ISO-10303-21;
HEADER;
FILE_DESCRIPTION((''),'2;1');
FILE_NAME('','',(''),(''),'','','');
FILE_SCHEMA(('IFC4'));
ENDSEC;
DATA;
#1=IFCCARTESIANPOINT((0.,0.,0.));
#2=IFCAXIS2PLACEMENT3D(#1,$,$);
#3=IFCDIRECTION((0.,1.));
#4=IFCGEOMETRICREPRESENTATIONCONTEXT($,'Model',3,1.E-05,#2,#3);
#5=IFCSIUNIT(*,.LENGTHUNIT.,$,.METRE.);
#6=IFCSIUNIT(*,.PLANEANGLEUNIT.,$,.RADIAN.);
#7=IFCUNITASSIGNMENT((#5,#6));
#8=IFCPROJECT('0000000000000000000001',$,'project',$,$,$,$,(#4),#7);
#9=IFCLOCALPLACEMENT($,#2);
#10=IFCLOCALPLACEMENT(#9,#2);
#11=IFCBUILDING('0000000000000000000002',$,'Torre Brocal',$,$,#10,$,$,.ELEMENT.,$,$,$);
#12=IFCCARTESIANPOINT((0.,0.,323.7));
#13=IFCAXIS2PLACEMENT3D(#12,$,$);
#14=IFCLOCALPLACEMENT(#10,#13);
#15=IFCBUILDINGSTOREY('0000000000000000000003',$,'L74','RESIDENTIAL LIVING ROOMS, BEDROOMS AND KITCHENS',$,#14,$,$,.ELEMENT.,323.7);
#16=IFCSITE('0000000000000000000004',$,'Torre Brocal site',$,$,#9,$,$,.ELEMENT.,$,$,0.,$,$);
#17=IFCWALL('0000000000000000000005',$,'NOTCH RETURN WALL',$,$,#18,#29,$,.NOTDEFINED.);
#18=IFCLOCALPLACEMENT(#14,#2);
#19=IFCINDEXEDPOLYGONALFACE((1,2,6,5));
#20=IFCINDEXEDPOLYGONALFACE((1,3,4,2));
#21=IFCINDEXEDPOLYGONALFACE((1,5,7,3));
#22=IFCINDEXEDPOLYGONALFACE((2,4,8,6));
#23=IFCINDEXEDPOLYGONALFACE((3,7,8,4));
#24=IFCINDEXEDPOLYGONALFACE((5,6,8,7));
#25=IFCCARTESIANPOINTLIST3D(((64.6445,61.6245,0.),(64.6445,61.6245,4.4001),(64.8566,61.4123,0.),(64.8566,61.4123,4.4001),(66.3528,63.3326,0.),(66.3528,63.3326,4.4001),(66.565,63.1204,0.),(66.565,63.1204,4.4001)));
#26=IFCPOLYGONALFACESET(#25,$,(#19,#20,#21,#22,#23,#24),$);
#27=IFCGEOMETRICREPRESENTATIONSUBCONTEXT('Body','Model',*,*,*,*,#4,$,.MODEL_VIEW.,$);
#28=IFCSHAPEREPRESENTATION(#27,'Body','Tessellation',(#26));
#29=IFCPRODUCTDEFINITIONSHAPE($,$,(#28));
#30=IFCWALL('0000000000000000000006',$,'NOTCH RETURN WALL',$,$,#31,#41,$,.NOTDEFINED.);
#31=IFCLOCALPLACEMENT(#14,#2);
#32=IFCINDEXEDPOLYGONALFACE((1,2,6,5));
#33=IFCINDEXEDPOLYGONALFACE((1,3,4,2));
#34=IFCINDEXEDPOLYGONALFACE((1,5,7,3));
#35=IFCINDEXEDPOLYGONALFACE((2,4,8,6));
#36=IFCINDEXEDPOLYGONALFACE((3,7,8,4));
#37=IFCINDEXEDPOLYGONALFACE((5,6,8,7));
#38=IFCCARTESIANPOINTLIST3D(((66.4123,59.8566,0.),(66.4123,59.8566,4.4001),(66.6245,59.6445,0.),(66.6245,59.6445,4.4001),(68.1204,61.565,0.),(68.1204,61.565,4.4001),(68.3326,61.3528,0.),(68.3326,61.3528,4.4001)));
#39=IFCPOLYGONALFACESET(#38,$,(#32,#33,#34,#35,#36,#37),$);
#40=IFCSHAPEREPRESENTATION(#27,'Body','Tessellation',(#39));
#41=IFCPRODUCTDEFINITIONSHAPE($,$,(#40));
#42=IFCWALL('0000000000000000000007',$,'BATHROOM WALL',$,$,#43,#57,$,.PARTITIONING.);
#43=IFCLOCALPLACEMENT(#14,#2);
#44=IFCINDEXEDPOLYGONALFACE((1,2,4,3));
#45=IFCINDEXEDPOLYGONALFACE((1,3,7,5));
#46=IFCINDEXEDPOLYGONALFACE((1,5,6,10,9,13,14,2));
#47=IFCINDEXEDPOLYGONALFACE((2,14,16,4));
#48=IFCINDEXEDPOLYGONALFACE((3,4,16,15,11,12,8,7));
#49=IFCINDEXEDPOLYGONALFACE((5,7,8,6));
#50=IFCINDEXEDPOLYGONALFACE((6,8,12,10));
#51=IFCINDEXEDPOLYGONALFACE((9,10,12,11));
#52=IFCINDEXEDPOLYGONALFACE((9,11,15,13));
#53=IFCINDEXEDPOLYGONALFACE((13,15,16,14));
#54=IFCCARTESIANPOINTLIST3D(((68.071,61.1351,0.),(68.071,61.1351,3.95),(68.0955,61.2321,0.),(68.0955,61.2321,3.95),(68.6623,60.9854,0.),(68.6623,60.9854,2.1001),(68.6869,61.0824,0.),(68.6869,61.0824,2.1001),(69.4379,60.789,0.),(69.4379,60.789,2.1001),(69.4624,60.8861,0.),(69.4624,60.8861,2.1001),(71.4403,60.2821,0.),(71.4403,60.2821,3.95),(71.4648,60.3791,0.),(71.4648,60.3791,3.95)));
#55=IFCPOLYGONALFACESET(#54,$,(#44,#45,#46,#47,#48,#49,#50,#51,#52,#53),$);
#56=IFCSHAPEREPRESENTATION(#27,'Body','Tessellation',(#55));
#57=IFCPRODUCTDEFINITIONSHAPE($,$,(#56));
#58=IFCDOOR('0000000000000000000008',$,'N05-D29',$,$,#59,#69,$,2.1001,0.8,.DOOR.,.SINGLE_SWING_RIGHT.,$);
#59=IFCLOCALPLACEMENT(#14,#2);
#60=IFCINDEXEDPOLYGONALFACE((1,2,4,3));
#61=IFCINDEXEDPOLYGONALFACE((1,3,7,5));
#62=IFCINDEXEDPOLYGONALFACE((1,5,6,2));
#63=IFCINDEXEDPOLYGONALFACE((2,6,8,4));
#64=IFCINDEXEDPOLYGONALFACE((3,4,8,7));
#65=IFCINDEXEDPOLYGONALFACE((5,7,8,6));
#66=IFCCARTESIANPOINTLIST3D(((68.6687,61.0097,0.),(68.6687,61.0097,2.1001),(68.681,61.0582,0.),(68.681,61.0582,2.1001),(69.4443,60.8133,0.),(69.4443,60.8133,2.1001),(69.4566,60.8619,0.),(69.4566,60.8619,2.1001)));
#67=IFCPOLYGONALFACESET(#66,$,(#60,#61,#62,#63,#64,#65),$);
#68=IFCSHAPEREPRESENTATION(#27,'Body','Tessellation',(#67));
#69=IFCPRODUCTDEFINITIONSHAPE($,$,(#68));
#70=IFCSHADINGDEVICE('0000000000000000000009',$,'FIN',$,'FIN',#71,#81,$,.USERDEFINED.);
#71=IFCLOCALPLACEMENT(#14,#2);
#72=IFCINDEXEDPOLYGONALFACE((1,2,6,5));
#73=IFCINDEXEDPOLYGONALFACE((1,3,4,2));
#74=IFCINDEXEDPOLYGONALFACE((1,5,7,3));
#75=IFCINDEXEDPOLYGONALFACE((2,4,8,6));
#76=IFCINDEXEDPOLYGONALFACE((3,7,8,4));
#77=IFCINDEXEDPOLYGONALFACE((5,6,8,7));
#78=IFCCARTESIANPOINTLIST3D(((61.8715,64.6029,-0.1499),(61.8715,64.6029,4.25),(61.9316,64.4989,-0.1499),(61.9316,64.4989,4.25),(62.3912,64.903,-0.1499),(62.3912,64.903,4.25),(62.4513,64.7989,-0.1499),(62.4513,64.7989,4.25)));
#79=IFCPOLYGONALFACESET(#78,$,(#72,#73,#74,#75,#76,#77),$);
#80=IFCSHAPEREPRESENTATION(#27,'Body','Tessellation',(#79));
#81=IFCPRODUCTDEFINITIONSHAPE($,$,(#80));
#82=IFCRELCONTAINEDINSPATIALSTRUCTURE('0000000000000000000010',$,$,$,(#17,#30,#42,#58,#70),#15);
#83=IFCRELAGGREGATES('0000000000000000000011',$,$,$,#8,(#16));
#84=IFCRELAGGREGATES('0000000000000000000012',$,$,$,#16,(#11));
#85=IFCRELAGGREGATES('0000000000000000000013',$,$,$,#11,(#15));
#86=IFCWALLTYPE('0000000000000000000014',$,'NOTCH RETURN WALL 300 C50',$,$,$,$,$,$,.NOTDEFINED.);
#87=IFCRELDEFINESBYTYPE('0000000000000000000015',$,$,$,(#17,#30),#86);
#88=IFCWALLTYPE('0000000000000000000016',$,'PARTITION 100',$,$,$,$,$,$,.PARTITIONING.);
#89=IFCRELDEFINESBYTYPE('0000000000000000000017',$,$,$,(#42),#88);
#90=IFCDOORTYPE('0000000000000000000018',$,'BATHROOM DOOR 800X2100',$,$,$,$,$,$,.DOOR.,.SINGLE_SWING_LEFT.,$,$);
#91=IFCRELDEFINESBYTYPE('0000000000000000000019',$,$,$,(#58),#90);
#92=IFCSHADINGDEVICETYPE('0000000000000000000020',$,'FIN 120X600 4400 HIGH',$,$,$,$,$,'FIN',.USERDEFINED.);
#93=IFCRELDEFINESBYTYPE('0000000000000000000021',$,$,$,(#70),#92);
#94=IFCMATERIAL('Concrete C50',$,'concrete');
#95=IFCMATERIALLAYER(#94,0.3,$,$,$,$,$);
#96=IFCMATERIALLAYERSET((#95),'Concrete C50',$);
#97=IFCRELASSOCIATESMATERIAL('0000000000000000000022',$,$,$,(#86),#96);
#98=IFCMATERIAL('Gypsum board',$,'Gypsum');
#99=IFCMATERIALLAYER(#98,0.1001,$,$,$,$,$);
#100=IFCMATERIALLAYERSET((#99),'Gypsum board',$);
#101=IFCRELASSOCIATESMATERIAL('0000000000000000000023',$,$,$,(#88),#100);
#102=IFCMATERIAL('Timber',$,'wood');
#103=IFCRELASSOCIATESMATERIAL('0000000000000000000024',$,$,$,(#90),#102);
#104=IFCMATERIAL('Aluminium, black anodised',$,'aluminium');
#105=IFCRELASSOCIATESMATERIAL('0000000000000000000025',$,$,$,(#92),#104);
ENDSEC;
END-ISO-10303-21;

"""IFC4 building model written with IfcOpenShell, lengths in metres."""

from ifc_helpers import new_model, si_unit, direction, frame, frame_2d, origin, origin_2d, place, context, subcontext, project, spatial, rectangle, extrude, material, layer, layer_set, material_profile, profile_set, type_object, element, fill, save


model = new_model("IFC4")

# Units and contexts
model_context = context("Model", 3, precision=1e-05, world=origin(), true_north=direction((0.0, 1.0)))
body_context = subcontext(model_context, "Body", "Model", "MODEL_VIEW")
ifc_project = project(units=[si_unit("LENGTHUNIT", "METRE"), si_unit("PLANEANGLEUNIT", "RADIAN")], contexts=[model_context])

# Site, building, storey
site_placement = place(None, origin())
site = spatial("IfcSite", under=ifc_project, at=site_placement, Name="Torre Brocal site", CompositionType="ELEMENT", RefElevation=0.0)
building_placement = place(site_placement, origin())
building = spatial("IfcBuilding", under=site, at=building_placement, Name="Torre Brocal", CompositionType="ELEMENT")
storey_placement = place(building_placement, frame((0.0, 0.0, 323.7)))
storey = spatial("IfcBuildingStorey", under=building, at=storey_placement, Name="L74", Description="RESIDENTIAL LIVING ROOMS, BEDROOMS AND KITCHENS", CompositionType="ELEMENT", Elevation=323.7)

# Walls
ifc_material_1 = material(Name="Concrete C50", Category="concrete")
ifc_layer_1 = layer(ifc_material_1, 0.3)
ifc_layer_set_1 = layer_set([ifc_layer_1], Name="Concrete C50")
wall_type_1 = type_object("IfcWallType", Name="NOTCH RETURN WALL 300 C50", PredefinedType="NOTDEFINED", material=ifc_layer_set_1)
for number, where, z_axis, x_axis, name in (
    (1, (66.459, 63.2266, 0.0), (0.0, 0.0, 1.0), (-0.707157, -0.707056, 0.0), "NOTCH RETURN WALL"),
    (2, (68.2266, 61.459, 0.0), (0.0, 0.0, 1.0), (-0.707056, -0.707157, 0.0), "NOTCH RETURN WALL"),
):
    element("IfcWall", number, at=place(storey_placement, frame(where, z_axis=z_axis, x_axis=x_axis)), inside=storey, type_object=wall_type_1, Name=name, PredefinedType="NOTDEFINED", context=body_context, shape_type="SweptSolid", body=[
        extrude(rectangle(XDim=2.4158, YDim=0.3, at=frame_2d((1.208, 0.0))), origin(), (0.0, 0.0, 1.0), 4.4001),
    ])

# Wall, opening, door
ifc_material_2 = material(Name="Gypsum board", Category="Gypsum")
ifc_layer_2 = layer(ifc_material_2, 0.1001)
ifc_layer_set_2 = layer_set([ifc_layer_2], Name="Gypsum board")
wall_type_2 = type_object("IfcWallType", Name="PARTITION 100", PredefinedType="PARTITIONING", material=ifc_layer_set_2)
wall_placement = place(storey_placement, frame((68.0833, 61.1836, 0.0), z_axis=(0.0, 0.0, 1.0), x_axis=(0.969415, -0.245427, 0.0)))
wall = element("IfcWall", 3, at=wall_placement, inside=storey, type_object=wall_type_2, Name="BATHROOM WALL", PredefinedType="PARTITIONING", context=body_context, shape_type="SweptSolid", body=[
    extrude(rectangle(XDim=3.4756, YDim=0.1001, at=frame_2d((1.7378, 0.0))), origin(), (0.0, 0.0, 1.0), 3.95),
])
opening_placement = place(wall_placement, frame((0.6101, 0.0, 0.0)))
opening = element("IfcOpeningElement", 4, at=opening_placement, cuts=wall, PredefinedType="OPENING", context=body_context, shape_type="SweptSolid", body=[
    extrude(rectangle(XDim=0.8, YDim=2.1001, at=frame_2d((0.3999, 1.05))), frame((0.0, 0.0601, 0.0), z_axis=(0.0, -1.0, 0.0), x_axis=(1.0, 0.0, 0.0)), (0.0, 0.0, 1.0), 0.1201),
])
ifc_material_3 = material(Name="Timber", Category="wood")
door_type = type_object("IfcDoorType", Name="BATHROOM DOOR 800X2100", OperationType="SINGLE_SWING_LEFT", PredefinedType="DOOR", material=ifc_material_3)
door_placement = place(opening_placement, frame((0.8, 0.0, 0.0), z_axis=(0.0, 0.0, 1.0), x_axis=(-1.0, 0.0, 0.0)))
door = element("IfcDoor", 5, at=door_placement, inside=storey, type_object=door_type, Name="N05-D29", OperationType="SINGLE_SWING_RIGHT", OverallHeight=2.1001, OverallWidth=0.8, PredefinedType="DOOR", context=body_context, shape_type="SweptSolid", body=[
    extrude(rectangle(XDim=0.8, YDim=2.1001, at=frame_2d((0.3999, 1.05))), frame((0.0, 0.0249, 0.0), z_axis=(0.0, -1.0, 0.0), x_axis=(1.0, 0.0, 0.0)), (0.0, 0.0, 1.0), 0.05),
])
fill(opening, door)

# Shading device
ifc_material_4 = material(Name="Aluminium, black anodised", Category="aluminium")
ifc_material_profile_1 = material_profile(ifc_material_4, rectangle(XDim=0.1201, YDim=0.6001, at=origin_2d()), Name="FIN 120X600 4400 HIGH")
ifc_profile_set_1 = profile_set([ifc_material_profile_1], Name="Aluminium, black anodised")
shading_device_type = type_object("IfcShadingDeviceType", Name="FIN 120X600 4400 HIGH", ElementType="FIN", PredefinedType="USERDEFINED", material=ifc_profile_set_1)
shading_device_placement = place(storey_placement, frame((62.1614, 64.7009, -0.1499), z_axis=(0.0, 0.0, 1.0), x_axis=(0.5, -0.866025, 0.0)))
element("IfcShadingDevice", 6, at=shading_device_placement, inside=storey, type_object=shading_device_type, Name="FIN", ObjectType="FIN", PredefinedType="USERDEFINED", context=body_context, shape_type="SweptSolid", body=[
    extrude(rectangle(XDim=0.1201, YDim=0.6001, at=origin_2d()), origin(), (0.0, 0.0, 1.0), 4.3999),
])

save(model, "model.ifc")
